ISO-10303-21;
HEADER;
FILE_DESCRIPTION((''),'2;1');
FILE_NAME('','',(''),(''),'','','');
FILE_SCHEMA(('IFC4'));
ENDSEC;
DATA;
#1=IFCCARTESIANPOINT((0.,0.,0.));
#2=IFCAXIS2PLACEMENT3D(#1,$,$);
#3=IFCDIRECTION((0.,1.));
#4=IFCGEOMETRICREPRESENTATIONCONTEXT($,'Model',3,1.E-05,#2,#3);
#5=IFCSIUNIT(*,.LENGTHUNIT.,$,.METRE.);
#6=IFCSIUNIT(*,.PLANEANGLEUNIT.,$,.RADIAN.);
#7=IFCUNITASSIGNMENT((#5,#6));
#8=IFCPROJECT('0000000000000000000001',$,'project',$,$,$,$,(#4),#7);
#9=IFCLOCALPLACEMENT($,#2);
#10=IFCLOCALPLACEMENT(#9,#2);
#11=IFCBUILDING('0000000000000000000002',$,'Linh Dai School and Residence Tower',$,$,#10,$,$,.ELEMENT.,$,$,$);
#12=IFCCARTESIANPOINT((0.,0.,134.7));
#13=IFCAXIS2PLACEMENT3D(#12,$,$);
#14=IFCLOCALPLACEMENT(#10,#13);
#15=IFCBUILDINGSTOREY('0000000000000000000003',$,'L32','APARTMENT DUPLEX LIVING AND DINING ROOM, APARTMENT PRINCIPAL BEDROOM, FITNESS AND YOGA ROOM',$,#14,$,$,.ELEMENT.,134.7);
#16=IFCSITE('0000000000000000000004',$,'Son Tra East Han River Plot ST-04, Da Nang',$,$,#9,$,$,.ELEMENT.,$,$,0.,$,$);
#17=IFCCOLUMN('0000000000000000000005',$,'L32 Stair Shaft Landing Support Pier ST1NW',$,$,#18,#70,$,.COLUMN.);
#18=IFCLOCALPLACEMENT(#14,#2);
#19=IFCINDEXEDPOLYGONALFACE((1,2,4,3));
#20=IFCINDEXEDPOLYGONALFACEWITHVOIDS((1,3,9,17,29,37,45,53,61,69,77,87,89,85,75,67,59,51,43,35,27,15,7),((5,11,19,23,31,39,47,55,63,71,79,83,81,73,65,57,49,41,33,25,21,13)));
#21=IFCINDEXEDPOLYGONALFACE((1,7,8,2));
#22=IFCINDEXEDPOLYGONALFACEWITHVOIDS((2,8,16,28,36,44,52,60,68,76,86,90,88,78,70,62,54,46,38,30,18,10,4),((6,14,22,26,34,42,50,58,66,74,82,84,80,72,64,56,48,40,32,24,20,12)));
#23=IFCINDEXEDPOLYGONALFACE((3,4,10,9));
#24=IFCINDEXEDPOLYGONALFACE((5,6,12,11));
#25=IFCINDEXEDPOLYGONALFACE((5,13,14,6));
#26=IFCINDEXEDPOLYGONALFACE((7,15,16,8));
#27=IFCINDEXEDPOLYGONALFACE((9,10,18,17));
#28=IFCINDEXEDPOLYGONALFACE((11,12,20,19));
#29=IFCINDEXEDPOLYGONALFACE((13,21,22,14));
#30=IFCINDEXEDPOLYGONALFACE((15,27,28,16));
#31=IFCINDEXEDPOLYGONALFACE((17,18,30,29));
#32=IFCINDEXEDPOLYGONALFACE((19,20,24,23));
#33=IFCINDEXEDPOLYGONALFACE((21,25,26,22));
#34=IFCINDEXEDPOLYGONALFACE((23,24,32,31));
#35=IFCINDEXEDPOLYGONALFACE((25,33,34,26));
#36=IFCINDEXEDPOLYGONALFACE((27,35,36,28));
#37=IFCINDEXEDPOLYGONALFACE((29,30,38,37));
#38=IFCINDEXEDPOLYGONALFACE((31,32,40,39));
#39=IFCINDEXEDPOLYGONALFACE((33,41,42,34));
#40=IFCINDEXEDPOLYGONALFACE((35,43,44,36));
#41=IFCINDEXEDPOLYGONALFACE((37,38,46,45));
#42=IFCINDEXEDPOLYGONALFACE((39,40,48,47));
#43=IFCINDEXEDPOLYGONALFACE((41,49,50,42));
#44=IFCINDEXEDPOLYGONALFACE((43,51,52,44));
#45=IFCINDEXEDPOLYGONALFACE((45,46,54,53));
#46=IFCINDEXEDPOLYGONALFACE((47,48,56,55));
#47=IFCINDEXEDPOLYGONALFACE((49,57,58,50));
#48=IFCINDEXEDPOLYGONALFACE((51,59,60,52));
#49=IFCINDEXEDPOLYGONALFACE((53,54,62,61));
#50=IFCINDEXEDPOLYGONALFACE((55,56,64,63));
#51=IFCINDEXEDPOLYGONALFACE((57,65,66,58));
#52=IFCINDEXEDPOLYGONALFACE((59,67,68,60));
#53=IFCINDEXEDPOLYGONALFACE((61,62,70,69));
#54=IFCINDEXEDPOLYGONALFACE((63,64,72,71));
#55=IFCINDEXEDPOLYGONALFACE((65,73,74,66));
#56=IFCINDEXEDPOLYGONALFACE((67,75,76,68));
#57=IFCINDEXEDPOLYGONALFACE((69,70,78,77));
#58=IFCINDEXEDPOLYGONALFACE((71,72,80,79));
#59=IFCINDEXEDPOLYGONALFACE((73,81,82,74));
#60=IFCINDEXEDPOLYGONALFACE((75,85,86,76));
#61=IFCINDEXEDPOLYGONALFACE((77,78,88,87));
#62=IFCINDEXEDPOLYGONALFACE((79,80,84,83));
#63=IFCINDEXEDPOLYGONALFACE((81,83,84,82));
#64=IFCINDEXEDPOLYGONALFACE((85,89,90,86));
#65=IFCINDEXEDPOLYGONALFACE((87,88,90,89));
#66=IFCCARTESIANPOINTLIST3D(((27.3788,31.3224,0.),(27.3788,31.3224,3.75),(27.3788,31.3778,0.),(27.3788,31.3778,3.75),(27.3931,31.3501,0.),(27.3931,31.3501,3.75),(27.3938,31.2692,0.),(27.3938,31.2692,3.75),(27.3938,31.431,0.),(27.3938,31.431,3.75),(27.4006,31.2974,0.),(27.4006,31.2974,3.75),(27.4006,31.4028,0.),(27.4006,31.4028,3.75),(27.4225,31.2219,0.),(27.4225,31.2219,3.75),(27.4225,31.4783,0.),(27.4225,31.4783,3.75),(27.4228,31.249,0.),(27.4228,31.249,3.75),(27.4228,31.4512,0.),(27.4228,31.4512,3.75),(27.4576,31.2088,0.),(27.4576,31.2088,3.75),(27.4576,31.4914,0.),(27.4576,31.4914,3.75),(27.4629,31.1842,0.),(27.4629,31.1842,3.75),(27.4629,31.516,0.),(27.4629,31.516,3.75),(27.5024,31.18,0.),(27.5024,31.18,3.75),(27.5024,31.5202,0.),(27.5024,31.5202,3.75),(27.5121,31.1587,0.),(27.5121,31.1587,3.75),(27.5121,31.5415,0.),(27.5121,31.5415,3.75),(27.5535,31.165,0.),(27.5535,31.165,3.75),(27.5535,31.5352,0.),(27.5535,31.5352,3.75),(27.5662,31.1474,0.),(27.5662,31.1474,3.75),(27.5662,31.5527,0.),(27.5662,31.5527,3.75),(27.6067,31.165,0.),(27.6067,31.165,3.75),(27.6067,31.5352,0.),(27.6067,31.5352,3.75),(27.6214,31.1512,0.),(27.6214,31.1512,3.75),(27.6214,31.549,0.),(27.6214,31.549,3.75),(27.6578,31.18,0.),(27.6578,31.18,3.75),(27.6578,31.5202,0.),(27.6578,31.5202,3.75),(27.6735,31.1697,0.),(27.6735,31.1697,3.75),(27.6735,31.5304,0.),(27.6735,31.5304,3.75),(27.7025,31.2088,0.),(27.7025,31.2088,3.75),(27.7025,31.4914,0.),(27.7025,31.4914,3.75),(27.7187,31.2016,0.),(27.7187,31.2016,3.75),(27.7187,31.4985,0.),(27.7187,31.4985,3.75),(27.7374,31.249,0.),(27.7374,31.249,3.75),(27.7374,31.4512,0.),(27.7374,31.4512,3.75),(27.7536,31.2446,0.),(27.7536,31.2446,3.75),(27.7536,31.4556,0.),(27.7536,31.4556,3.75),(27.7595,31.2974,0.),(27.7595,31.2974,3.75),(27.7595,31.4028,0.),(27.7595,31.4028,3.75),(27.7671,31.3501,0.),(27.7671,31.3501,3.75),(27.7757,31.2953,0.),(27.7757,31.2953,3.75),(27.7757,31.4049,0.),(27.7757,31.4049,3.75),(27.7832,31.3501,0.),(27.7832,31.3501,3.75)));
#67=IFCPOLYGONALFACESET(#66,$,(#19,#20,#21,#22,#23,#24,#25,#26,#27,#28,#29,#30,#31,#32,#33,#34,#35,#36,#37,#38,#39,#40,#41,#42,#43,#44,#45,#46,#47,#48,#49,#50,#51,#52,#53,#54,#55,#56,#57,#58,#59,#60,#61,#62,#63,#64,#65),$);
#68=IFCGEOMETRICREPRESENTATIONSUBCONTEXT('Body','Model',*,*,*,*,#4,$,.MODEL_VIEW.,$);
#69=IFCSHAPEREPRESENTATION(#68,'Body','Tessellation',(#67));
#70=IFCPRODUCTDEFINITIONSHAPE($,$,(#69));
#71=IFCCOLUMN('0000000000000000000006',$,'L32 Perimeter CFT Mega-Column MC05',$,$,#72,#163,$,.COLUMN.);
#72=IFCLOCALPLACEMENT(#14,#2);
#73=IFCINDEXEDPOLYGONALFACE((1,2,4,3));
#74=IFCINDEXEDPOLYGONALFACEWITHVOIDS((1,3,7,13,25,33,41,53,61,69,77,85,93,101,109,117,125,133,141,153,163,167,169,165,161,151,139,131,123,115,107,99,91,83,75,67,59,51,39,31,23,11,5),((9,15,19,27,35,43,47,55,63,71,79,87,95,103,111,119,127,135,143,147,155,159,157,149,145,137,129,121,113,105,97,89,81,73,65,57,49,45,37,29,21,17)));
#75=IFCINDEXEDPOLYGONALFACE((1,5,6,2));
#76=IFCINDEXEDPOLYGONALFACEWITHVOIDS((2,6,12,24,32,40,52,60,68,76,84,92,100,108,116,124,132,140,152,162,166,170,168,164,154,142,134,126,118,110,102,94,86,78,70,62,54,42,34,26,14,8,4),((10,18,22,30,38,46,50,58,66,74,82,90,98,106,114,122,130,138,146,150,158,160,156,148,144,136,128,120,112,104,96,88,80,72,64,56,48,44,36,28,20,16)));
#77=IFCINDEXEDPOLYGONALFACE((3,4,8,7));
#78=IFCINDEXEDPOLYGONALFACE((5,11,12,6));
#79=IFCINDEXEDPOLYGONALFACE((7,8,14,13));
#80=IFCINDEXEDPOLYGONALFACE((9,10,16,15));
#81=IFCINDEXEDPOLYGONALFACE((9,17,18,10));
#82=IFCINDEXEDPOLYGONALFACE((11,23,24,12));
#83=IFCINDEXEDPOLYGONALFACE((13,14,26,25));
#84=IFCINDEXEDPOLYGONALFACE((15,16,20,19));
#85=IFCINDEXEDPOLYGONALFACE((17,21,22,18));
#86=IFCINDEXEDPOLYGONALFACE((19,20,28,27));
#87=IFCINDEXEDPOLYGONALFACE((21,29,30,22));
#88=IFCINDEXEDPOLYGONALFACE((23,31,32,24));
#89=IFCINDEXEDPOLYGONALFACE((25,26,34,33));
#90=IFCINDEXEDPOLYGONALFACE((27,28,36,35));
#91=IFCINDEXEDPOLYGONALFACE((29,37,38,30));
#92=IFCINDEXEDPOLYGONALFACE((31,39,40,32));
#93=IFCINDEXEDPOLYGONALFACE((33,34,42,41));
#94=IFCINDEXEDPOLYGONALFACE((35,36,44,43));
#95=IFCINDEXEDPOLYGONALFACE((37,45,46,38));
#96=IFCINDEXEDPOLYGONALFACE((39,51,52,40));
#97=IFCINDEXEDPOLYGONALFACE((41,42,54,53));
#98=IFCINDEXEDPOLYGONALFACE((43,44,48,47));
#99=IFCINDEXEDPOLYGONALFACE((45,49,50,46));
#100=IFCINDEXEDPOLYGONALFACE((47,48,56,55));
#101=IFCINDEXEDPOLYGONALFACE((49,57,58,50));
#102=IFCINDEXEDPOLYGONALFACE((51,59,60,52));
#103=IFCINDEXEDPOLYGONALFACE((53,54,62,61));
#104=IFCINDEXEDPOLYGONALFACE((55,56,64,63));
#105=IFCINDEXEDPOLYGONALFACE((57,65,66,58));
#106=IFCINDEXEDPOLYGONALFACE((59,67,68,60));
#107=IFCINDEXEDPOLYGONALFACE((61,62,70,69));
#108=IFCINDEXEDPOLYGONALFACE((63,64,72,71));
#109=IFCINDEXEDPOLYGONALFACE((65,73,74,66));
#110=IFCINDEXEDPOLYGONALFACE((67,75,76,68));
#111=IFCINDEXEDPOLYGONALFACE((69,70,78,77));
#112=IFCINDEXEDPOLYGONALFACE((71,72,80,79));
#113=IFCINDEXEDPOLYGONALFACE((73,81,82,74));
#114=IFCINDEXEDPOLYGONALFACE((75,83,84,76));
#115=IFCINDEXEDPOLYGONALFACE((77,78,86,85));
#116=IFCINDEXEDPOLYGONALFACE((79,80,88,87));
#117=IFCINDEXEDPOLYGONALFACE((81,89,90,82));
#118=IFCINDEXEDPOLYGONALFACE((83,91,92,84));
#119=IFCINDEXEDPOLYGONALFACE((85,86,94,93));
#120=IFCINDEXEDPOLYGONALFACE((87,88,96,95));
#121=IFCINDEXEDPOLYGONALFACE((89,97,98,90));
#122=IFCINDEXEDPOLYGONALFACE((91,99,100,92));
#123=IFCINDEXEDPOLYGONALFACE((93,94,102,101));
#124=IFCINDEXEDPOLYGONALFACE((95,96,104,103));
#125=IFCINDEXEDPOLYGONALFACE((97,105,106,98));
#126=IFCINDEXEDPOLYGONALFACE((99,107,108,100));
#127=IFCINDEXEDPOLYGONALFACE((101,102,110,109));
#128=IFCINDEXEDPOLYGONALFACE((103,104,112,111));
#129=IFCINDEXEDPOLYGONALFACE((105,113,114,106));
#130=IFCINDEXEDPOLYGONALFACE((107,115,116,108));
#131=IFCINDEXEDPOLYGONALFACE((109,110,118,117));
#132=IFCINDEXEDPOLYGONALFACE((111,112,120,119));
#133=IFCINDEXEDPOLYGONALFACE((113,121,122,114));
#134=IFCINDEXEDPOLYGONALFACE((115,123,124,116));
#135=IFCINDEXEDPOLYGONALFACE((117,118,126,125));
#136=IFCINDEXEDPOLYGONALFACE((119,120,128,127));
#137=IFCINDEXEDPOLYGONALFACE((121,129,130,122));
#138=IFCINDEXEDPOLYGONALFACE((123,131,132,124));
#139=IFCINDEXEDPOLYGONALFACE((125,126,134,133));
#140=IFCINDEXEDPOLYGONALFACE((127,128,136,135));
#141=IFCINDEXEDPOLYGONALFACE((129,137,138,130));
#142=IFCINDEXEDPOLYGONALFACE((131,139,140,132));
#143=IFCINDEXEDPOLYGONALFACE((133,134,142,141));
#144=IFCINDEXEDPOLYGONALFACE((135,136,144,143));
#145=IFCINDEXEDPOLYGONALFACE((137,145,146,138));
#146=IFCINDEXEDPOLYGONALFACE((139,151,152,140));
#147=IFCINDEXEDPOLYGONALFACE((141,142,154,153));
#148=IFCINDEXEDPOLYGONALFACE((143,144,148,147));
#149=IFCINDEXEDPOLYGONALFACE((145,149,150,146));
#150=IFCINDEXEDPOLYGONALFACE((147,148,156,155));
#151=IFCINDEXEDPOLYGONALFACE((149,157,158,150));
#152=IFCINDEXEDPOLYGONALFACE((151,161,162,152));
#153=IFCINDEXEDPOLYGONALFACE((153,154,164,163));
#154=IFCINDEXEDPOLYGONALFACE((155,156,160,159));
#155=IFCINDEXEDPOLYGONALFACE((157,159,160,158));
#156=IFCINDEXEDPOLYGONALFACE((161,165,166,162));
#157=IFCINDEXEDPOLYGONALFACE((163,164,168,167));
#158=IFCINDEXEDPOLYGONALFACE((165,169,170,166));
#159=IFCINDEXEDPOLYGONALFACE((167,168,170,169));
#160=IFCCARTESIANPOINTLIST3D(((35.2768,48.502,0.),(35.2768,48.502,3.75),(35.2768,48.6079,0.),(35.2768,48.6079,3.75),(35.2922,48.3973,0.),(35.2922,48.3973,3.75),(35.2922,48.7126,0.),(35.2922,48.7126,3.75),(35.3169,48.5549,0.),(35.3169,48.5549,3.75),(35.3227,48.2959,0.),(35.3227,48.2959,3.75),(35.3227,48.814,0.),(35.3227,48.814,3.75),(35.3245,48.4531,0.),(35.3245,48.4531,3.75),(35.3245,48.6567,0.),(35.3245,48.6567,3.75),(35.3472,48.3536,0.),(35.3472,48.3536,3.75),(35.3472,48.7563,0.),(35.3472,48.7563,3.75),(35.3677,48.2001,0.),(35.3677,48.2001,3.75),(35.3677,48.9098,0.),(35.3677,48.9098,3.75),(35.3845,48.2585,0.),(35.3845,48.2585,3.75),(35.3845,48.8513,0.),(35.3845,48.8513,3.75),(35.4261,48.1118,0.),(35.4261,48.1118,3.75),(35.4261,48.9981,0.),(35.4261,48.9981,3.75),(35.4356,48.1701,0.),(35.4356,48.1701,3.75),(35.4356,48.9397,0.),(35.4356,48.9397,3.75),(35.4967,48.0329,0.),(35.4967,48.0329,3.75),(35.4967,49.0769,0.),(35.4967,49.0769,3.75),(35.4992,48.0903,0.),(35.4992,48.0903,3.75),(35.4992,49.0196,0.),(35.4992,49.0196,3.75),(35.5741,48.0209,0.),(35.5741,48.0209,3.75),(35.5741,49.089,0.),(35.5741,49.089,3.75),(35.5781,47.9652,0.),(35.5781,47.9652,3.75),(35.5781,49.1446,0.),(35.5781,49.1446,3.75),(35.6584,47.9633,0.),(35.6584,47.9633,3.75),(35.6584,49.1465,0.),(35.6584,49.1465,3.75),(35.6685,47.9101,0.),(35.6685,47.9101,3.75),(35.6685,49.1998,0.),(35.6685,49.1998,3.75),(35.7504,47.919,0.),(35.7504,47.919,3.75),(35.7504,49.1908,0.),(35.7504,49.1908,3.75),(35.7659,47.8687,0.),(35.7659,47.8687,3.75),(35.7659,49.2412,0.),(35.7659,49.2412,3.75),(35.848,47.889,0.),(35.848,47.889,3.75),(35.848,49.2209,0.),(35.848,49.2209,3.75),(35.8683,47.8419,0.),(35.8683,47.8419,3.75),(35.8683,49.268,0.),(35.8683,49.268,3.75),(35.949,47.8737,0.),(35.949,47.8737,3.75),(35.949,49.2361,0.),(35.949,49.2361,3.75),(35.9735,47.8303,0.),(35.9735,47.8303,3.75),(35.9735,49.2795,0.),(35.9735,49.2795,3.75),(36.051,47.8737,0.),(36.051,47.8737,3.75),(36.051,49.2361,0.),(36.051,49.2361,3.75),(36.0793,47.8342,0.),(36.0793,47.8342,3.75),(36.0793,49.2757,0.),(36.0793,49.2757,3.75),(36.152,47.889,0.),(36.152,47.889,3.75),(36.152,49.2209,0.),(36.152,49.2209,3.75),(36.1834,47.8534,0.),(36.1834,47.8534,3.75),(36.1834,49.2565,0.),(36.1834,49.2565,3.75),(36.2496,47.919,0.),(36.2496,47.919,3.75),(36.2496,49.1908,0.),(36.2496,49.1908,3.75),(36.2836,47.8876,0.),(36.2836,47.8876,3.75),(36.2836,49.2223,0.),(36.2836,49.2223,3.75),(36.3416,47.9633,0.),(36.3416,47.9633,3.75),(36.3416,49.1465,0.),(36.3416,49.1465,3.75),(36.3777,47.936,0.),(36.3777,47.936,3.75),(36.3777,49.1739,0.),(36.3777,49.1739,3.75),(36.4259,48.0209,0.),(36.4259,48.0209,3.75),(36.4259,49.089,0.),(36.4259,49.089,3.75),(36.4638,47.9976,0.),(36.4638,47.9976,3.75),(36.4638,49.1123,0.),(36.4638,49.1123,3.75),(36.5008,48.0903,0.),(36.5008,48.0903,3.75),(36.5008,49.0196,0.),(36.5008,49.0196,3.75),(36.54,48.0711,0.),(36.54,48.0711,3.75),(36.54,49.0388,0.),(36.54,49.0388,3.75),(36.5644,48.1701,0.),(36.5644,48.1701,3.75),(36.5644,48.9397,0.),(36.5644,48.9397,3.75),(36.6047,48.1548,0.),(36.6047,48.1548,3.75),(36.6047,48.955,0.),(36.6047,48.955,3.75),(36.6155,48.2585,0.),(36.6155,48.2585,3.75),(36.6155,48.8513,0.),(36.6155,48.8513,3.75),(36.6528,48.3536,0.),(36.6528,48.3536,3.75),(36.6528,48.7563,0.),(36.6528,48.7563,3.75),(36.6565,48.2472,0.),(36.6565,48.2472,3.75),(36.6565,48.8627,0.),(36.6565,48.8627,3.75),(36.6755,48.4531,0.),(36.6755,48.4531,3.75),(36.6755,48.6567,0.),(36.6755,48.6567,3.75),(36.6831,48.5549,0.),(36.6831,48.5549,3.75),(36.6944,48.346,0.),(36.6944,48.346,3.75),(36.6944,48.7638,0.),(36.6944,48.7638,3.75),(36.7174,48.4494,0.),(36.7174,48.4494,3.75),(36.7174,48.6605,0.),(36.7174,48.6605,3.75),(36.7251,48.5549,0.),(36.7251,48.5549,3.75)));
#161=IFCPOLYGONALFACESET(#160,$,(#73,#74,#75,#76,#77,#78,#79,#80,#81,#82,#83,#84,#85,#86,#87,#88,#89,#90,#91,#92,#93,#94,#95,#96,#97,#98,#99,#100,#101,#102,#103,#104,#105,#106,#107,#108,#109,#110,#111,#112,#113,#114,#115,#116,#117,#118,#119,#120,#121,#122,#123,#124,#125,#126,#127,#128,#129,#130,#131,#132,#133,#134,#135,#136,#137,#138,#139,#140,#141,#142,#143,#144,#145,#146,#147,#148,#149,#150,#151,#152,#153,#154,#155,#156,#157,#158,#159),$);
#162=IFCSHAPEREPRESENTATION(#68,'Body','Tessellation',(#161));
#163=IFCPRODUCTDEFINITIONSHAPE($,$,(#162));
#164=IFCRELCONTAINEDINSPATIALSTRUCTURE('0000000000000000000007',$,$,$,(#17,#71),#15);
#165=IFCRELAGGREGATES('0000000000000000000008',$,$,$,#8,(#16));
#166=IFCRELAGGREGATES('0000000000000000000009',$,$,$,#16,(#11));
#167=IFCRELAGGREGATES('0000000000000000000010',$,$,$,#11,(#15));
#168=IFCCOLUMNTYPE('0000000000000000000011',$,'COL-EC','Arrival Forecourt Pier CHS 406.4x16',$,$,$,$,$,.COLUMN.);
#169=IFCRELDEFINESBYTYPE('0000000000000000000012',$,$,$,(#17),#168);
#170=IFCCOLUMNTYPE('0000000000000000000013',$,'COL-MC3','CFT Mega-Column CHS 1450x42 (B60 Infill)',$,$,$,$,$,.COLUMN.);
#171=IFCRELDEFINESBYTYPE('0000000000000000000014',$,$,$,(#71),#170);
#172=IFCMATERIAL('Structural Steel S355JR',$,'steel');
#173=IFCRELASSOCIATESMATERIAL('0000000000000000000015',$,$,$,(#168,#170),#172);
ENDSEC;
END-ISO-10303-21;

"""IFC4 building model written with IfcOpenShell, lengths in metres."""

from ifc_helpers import new_model, si_unit, direction, frame, origin, origin_2d, place, context, subcontext, project, spatial, hollow_circle, extrude, material, material_profile, profile_set, type_object, element, save


model = new_model("IFC4")

# Units and contexts
model_context = context("Model", 3, precision=1e-05, world=origin(), true_north=direction((0.0, 1.0)))
body_context = subcontext(model_context, "Body", "Model", "MODEL_VIEW")
ifc_project = project(units=[si_unit("LENGTHUNIT", "METRE"), si_unit("PLANEANGLEUNIT", "RADIAN")], contexts=[model_context])

# Site, building, storey
site_placement = place(None, origin())
site = spatial("IfcSite", under=ifc_project, at=site_placement, Name="Son Tra East Han River Plot ST-04, Da Nang", CompositionType="ELEMENT", RefElevation=0.0)
building_placement = place(site_placement, origin())
building = spatial("IfcBuilding", under=site, at=building_placement, Name="Linh Dai School and Residence Tower", CompositionType="ELEMENT")
storey_placement = place(building_placement, frame((0.0, 0.0, 134.7)))
storey = spatial("IfcBuildingStorey", under=building, at=storey_placement, Name="L32", Description="APARTMENT DUPLEX LIVING AND DINING ROOM, APARTMENT PRINCIPAL BEDROOM, FITNESS AND YOGA ROOM", CompositionType="ELEMENT", Elevation=134.7)

# Columns
ifc_material_1 = material(Name="Structural Steel S355JR", Category="steel")
ifc_material_profile_1 = material_profile(ifc_material_1, hollow_circle(Radius=0.2031, WallThickness=0.0161, at=origin_2d()), Name="CHS 406.4x16")
ifc_profile_set_1 = profile_set([ifc_material_profile_1], Name="Structural Steel S355JR")
column_type_1 = type_object("IfcColumnType", Name="COL-EC", Description="Arrival Forecourt Pier CHS 406.4x16", PredefinedType="COLUMN", material=ifc_profile_set_1)
column_1_placement = place(storey_placement, frame((27.5801, 31.3501, 0.0), z_axis=(0.0, 0.0, 1.0), x_axis=(1.0, 0.0, 0.0)))
element("IfcColumn", 1, at=column_1_placement, inside=storey, type_object=column_type_1, Name="L32 Stair Shaft Landing Support Pier ST1NW", PredefinedType="COLUMN", context=body_context, shape_type="SweptSolid", body=[
    extrude(hollow_circle(Radius=0.2031, WallThickness=0.0161, at=origin_2d()), origin(), (0.0, 0.0, 1.0), 3.75),
])
ifc_material_profile_2 = material_profile(ifc_material_1, hollow_circle(Radius=0.7251, WallThickness=0.042, at=origin_2d()), Name="CHS 1450x42")
ifc_profile_set_2 = profile_set([ifc_material_profile_2], Name="Structural Steel S355JR")
column_type_2 = type_object("IfcColumnType", Name="COL-MC3", Description="CFT Mega-Column CHS 1450x42 (B60 Infill)", PredefinedType="COLUMN", material=ifc_profile_set_2)
for number, where, z_axis, x_axis, name in (
    (2, (36.0, 48.5549, 0.0), (0.0, 0.0, 1.0), (1.0, 0.0, 0.0), "L32 Perimeter CFT Mega-Column MC05"),
):
    element("IfcColumn", number, at=place(storey_placement, frame(where, z_axis=z_axis, x_axis=x_axis)), inside=storey, type_object=column_type_2, Name=name, PredefinedType="COLUMN", context=body_context, shape_type="SweptSolid", body=[
        extrude(hollow_circle(Radius=0.7251, WallThickness=0.042, at=origin_2d()), origin(), (0.0, 0.0, 1.0), 3.75),
    ])

save(model, "model.ifc")
